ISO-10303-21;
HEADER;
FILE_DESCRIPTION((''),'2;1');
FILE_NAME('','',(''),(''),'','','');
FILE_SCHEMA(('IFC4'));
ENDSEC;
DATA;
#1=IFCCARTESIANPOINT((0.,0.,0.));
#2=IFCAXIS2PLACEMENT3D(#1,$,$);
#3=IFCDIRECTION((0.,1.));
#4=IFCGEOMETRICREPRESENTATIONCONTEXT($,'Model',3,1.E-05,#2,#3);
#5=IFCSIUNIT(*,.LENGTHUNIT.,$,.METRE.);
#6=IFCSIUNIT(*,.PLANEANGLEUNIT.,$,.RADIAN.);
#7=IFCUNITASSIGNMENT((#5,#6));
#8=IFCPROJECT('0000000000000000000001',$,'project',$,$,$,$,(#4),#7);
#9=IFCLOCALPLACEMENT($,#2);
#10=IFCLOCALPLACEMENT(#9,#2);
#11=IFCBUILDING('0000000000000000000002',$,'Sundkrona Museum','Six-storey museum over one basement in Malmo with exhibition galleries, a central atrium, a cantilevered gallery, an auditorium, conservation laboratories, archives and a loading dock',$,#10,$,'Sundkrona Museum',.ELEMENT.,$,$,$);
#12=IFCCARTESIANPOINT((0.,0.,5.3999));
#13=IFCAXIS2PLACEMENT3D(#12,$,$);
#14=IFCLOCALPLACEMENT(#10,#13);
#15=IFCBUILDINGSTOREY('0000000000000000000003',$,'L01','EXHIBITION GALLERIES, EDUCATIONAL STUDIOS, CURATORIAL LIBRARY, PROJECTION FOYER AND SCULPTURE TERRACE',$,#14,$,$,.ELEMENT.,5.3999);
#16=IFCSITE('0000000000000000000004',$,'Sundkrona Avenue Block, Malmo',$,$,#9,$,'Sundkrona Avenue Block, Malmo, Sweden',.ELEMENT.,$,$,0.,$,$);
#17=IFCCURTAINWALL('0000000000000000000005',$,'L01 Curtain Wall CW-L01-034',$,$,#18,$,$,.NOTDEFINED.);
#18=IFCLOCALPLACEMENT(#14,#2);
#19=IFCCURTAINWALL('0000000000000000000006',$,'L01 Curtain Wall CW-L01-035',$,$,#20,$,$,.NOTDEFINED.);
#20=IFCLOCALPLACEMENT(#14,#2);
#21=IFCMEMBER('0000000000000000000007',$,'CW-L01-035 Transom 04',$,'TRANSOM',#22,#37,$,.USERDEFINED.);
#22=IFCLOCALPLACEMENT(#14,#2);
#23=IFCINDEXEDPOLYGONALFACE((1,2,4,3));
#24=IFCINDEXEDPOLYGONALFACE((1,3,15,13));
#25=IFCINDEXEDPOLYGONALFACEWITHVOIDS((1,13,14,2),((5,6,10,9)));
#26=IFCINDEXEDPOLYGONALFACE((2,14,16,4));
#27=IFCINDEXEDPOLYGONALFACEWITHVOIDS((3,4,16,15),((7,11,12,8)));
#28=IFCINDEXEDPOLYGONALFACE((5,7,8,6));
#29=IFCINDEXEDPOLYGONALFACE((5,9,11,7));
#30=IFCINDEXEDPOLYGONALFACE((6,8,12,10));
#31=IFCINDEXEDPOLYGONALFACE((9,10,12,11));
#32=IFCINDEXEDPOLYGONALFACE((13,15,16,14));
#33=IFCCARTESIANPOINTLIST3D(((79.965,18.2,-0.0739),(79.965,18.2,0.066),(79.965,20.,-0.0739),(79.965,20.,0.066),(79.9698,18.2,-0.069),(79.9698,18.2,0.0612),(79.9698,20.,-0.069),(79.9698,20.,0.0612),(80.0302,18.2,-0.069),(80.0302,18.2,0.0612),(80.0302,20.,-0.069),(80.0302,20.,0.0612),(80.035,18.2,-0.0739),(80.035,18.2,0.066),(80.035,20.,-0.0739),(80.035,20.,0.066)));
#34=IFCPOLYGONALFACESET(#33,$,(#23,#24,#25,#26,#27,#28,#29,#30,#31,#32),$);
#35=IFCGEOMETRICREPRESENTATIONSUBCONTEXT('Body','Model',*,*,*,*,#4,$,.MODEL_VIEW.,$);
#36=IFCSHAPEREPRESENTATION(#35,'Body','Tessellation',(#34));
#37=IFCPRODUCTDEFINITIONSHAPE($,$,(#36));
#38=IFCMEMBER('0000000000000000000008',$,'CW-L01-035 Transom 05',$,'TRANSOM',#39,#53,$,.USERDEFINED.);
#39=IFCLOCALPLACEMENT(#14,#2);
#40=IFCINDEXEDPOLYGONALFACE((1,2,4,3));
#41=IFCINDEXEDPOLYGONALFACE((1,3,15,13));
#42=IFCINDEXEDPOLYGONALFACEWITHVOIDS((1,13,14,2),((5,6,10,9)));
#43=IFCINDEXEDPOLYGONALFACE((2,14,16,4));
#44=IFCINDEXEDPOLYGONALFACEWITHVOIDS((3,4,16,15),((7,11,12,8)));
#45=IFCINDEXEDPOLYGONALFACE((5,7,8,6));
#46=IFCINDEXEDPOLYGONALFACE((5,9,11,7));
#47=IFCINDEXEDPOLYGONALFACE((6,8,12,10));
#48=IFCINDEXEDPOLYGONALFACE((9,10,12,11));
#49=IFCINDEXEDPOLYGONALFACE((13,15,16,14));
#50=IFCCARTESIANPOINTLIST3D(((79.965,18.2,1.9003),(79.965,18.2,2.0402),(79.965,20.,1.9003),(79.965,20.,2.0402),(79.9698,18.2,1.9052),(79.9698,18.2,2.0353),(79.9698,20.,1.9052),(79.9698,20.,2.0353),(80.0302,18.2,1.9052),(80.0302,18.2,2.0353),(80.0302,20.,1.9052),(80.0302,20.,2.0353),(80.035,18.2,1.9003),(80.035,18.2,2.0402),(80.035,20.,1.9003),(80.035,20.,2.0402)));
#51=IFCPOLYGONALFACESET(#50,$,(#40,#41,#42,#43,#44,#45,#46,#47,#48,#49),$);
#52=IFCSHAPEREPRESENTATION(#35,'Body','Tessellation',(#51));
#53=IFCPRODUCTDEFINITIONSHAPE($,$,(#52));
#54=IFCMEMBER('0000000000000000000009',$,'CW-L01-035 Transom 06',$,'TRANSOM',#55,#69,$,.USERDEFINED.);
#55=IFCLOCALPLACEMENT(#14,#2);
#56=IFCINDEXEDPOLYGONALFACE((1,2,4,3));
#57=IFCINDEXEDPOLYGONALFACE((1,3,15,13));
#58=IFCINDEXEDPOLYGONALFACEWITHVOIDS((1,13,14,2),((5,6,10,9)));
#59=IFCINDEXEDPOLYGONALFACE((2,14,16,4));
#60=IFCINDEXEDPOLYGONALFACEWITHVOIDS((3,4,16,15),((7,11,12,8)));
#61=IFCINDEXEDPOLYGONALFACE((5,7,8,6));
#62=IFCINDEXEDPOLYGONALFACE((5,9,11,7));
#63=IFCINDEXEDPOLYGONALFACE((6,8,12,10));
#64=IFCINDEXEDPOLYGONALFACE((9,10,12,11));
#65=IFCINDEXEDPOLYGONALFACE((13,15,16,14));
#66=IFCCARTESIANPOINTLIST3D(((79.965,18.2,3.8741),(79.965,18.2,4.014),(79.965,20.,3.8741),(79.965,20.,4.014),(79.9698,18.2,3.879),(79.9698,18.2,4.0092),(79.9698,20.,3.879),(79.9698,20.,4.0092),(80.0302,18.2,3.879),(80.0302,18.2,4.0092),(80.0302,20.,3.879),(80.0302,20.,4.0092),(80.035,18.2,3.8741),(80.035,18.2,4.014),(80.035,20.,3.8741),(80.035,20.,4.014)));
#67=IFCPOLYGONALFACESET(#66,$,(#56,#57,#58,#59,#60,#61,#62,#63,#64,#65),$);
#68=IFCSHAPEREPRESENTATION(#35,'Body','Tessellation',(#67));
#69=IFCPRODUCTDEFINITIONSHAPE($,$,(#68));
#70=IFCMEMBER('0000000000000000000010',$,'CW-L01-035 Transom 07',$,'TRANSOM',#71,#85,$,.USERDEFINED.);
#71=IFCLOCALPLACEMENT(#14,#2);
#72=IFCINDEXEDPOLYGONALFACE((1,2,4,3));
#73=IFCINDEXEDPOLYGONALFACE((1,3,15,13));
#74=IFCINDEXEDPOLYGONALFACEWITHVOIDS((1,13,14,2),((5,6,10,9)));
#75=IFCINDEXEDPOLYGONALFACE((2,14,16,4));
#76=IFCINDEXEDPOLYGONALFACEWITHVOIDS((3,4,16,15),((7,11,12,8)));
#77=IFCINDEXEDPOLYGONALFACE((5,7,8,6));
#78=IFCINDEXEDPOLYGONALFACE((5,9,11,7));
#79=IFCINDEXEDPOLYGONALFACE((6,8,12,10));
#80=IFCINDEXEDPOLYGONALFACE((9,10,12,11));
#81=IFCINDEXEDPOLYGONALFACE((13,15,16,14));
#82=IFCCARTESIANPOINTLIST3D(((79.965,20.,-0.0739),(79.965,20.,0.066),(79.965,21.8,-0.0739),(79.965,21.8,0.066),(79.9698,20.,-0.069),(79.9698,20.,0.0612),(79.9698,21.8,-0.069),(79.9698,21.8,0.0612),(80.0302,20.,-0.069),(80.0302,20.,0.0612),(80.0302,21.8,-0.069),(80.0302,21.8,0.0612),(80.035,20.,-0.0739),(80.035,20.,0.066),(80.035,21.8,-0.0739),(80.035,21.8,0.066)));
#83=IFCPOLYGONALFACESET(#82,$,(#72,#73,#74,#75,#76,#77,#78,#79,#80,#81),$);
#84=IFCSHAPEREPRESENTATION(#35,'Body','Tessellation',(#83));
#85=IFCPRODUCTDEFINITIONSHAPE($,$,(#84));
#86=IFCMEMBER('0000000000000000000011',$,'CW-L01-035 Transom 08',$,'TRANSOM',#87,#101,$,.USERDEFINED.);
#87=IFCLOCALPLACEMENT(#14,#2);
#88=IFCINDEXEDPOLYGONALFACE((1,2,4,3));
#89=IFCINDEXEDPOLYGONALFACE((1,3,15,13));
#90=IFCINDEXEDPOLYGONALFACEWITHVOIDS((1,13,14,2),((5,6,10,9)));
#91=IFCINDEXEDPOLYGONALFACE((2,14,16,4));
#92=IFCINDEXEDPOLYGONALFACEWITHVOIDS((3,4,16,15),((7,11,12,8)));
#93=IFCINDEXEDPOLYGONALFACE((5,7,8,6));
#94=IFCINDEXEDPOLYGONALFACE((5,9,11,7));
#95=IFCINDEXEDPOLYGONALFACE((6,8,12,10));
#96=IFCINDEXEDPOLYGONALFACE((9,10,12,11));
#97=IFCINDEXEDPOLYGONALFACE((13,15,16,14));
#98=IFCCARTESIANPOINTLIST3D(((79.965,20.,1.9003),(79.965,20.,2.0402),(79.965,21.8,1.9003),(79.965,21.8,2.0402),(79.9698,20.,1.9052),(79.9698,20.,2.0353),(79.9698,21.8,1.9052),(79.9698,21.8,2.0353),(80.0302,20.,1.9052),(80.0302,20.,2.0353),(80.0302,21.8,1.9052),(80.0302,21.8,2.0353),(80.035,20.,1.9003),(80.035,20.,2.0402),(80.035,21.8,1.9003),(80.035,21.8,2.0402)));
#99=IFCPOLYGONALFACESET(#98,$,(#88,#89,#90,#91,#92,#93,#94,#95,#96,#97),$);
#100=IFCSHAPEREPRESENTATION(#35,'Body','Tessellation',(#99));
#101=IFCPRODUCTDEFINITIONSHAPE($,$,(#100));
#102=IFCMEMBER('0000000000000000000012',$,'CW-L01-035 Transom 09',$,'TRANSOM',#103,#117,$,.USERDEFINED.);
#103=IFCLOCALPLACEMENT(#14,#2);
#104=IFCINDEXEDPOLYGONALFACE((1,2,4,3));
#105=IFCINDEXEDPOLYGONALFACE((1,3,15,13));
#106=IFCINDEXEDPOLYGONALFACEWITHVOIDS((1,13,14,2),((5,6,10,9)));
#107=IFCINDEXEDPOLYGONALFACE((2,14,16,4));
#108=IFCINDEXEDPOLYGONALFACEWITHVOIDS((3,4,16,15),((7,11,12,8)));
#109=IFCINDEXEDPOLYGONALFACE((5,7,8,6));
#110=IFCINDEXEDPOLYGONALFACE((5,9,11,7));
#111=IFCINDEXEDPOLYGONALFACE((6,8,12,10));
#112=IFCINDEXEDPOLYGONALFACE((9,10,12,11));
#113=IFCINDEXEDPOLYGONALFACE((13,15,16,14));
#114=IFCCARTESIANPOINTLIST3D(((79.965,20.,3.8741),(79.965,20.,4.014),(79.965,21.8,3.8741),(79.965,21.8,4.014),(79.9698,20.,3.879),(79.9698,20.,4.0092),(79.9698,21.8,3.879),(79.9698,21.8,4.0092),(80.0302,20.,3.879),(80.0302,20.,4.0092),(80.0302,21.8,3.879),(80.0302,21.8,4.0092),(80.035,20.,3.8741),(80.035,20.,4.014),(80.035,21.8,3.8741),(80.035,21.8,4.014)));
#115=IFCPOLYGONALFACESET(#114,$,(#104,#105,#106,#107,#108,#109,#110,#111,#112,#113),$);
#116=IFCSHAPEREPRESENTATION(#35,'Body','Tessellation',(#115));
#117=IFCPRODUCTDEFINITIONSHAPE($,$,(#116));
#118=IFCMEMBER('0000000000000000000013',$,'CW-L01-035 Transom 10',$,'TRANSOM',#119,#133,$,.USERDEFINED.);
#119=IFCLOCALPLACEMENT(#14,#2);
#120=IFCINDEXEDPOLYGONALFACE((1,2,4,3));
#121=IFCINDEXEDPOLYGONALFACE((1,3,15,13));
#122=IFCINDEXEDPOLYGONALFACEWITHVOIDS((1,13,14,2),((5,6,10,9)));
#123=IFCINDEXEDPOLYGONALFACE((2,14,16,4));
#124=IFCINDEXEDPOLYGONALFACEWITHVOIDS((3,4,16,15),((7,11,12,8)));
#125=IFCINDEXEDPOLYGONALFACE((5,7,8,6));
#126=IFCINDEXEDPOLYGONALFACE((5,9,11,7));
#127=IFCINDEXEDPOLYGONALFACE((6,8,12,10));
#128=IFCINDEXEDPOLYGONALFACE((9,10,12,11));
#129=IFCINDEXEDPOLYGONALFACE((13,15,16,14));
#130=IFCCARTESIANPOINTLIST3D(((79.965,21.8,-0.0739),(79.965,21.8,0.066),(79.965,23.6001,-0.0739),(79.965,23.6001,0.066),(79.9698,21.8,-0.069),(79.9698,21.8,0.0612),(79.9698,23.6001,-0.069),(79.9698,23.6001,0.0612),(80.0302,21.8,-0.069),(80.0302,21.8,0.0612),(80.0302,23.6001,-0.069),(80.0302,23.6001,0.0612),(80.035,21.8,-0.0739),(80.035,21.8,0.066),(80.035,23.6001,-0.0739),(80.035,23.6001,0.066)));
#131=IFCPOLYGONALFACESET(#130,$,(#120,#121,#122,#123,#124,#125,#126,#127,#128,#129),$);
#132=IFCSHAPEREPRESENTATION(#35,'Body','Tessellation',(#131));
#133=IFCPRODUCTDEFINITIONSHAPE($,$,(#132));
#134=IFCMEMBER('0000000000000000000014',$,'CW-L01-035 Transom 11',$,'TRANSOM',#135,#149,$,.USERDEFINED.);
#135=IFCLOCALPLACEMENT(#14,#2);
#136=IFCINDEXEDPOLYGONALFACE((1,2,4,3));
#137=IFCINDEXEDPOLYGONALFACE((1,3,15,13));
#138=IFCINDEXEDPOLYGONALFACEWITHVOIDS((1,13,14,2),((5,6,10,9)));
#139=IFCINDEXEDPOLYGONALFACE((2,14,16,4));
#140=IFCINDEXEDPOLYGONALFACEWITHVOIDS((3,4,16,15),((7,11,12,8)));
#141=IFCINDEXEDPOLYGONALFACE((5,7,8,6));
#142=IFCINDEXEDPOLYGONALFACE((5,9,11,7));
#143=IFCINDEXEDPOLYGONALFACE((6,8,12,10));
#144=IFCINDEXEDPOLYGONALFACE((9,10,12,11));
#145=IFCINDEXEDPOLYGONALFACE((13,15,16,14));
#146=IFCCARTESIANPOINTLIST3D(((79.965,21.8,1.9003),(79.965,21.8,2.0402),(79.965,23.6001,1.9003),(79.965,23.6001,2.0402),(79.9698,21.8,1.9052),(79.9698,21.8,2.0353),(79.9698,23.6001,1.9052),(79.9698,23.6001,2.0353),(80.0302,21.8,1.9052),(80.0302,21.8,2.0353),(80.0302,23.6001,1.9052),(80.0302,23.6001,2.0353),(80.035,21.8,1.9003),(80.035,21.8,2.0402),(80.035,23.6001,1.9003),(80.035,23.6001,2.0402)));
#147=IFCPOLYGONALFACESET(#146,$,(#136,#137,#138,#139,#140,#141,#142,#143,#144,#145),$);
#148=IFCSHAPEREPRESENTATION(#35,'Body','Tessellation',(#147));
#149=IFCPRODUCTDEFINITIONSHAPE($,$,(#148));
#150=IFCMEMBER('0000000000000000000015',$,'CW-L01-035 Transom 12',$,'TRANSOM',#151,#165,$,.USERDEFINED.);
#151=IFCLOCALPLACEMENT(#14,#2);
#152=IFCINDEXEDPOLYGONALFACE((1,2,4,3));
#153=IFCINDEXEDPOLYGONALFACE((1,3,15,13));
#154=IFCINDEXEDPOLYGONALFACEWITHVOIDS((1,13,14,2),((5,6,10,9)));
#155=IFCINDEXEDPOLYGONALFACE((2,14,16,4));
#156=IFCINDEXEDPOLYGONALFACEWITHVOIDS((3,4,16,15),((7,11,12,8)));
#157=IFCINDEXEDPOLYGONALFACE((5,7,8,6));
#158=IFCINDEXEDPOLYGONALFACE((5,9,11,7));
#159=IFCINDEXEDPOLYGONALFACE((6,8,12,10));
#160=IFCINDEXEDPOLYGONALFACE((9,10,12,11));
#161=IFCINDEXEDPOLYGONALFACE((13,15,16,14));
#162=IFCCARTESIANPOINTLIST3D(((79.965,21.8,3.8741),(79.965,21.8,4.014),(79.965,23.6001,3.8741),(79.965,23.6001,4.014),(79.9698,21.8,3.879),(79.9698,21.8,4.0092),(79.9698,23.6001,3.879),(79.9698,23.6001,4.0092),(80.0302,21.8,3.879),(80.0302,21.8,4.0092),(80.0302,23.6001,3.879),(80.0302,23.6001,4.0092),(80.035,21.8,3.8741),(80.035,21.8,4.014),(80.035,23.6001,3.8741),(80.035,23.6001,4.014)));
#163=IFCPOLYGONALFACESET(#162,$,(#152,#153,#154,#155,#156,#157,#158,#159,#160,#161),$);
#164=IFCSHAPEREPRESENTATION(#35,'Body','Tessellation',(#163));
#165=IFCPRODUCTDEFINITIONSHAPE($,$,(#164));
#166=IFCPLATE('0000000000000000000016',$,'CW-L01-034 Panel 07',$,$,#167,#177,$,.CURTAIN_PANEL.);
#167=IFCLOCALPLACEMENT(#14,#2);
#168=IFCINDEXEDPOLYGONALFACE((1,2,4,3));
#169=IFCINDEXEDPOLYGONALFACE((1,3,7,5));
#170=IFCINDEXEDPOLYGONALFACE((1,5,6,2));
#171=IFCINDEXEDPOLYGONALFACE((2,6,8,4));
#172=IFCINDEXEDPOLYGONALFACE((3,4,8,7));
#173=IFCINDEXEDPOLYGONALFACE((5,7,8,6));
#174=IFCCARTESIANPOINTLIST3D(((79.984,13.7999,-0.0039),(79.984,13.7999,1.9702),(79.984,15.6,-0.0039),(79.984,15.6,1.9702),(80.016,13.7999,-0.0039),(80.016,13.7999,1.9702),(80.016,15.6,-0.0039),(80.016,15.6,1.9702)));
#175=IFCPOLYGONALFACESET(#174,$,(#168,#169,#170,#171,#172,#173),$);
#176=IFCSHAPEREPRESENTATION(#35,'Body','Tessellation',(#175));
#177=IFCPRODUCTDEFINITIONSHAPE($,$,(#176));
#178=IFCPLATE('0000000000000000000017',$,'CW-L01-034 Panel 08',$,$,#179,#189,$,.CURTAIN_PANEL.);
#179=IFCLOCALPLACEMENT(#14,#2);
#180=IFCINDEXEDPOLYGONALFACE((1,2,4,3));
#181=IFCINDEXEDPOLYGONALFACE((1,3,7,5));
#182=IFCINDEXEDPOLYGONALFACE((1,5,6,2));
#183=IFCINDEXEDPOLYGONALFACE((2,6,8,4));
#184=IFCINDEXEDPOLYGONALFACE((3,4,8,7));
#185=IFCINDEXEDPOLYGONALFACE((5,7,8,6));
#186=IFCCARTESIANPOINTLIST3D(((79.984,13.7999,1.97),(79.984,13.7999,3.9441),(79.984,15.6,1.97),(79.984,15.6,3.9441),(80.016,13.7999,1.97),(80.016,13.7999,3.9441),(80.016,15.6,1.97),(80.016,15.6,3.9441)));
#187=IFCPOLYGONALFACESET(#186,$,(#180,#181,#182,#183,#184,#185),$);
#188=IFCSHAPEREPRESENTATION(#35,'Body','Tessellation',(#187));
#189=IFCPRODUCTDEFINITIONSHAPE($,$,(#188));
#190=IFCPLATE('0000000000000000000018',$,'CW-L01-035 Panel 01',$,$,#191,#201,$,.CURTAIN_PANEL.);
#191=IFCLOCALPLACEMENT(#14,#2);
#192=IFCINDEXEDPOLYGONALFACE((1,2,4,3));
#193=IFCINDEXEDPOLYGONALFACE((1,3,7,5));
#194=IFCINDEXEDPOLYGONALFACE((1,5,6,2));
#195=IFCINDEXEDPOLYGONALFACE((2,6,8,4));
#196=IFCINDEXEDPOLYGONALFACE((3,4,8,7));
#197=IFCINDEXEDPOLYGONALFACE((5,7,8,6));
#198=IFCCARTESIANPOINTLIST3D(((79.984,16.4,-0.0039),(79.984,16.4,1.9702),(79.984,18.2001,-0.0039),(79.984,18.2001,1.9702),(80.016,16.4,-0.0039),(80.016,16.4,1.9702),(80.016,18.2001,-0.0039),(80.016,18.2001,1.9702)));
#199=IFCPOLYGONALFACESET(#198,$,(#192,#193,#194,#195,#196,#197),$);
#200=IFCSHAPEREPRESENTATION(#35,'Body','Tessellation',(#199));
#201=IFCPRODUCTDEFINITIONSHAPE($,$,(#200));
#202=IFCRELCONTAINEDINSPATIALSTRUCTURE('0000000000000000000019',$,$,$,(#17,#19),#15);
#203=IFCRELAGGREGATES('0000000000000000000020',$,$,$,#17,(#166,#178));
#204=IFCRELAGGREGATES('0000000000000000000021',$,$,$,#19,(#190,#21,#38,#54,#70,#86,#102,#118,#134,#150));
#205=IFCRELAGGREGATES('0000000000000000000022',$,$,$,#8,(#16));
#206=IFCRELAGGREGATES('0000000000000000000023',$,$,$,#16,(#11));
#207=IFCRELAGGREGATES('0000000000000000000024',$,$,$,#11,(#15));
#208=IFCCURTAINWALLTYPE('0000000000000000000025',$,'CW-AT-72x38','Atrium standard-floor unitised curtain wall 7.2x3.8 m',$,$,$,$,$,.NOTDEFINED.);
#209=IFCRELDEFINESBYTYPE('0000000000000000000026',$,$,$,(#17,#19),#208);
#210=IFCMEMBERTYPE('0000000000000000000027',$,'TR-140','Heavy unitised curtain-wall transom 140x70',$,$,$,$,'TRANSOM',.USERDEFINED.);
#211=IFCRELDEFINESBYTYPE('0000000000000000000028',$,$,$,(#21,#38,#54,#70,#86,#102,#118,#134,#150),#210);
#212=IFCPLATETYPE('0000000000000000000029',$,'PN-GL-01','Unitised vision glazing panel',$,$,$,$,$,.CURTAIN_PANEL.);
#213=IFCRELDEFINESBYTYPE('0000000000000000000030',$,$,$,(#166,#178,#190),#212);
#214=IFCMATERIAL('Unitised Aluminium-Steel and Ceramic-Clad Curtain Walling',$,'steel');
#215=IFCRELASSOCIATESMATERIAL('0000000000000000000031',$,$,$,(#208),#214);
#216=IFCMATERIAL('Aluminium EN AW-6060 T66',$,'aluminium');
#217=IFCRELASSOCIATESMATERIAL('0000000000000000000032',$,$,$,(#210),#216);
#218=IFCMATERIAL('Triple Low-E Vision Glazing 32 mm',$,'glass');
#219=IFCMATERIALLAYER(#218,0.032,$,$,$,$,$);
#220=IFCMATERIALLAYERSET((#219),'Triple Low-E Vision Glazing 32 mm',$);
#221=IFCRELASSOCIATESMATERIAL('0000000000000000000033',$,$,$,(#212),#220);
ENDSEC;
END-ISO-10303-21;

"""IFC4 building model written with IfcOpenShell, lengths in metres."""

from ifc_helpers import new_model, si_unit, direction, frame, origin, origin_2d, place, context, subcontext, project, spatial, rectangle, hollow_rectangle, extrude, material, layer, layer_set, material_profile, profile_set, type_object, element, aggregate, save


model = new_model("IFC4")

# Units and contexts
model_context = context("Model", 3, precision=1e-05, world=origin(), true_north=direction((0.0, 1.0)))
body_context = subcontext(model_context, "Body", "Model", "MODEL_VIEW")
ifc_project = project(units=[si_unit("LENGTHUNIT", "METRE"), si_unit("PLANEANGLEUNIT", "RADIAN")], contexts=[model_context])

# Site, building, storey
site_placement = place(None, origin())
site = spatial("IfcSite", under=ifc_project, at=site_placement, Name="Sundkrona Avenue Block, Malmo", LongName="Sundkrona Avenue Block, Malmo, Sweden", CompositionType="ELEMENT", RefElevation=0.0)
building_placement = place(site_placement, origin())
building = spatial("IfcBuilding", under=site, at=building_placement, Name="Sundkrona Museum", Description="Six-storey museum over one basement in Malmo with exhibition galleries, a central atrium, a cantilevered gallery, an auditorium, conservation laboratories, archives and a loading dock", LongName="Sundkrona Museum", CompositionType="ELEMENT")
storey_placement = place(building_placement, frame((0.0, 0.0, 5.3999)))
storey = spatial("IfcBuildingStorey", under=building, at=storey_placement, Name="L01", Description="EXHIBITION GALLERIES, EDUCATIONAL STUDIOS, CURATORIAL LIBRARY, PROJECTION FOYER AND SCULPTURE TERRACE", CompositionType="ELEMENT", Elevation=5.3999)

# Curtain wall
ifc_material_1 = material(Name="Unitised Aluminium-Steel and Ceramic-Clad Curtain Walling", Category="steel")
curtain_wall_type = type_object("IfcCurtainWallType", Name="CW-AT-72x38", Description="Atrium standard-floor unitised curtain wall 7.2x3.8 m", PredefinedType="NOTDEFINED", material=ifc_material_1)
curtain_wall_1_placement = place(storey_placement, origin())
curtain_wall_1 = element("IfcCurtainWall", 1, at=curtain_wall_1_placement, inside=storey, type_object=curtain_wall_type, Name="L01 Curtain Wall CW-L01-034", PredefinedType="NOTDEFINED")
ifc_material_2 = material(Name="Aluminium EN AW-6060 T66", Category="aluminium")

# Curtain wall
curtain_wall_2_placement = place(storey_placement, origin())
curtain_wall_2 = element("IfcCurtainWall", 2, at=curtain_wall_2_placement, inside=storey, type_object=curtain_wall_type, Name="L01 Curtain Wall CW-L01-035", PredefinedType="NOTDEFINED")

# Members
ifc_material_profile_1 = material_profile(ifc_material_2, hollow_rectangle(XDim=0.0701, YDim=0.1399, WallThickness=0.0049, at=origin_2d()), Name="RHS 140x70x5.0")
ifc_profile_set_1 = profile_set([ifc_material_profile_1], Name="Aluminium EN AW-6060 T66")
member_type_1 = type_object("IfcMemberType", Name="TR-140", Description="Heavy unitised curtain-wall transom 140x70", ElementType="TRANSOM", PredefinedType="USERDEFINED", material=ifc_profile_set_1)
member_1_placement = place(storey_placement, frame((80.0, 18.2, -0.0039), z_axis=(0.0, 1.0, 0.0), x_axis=(-1.0, 0.0, 0.0)))
member_1 = element("IfcMember", 3, at=member_1_placement, type_object=member_type_1, Name="CW-L01-035 Transom 04", ObjectType="TRANSOM", PredefinedType="USERDEFINED", context=body_context, shape_type="SweptSolid", body=[
    extrude(hollow_rectangle(XDim=0.0701, YDim=0.1399, WallThickness=0.0049, at=origin_2d()), origin(), (0.0, 0.0, 1.0), 1.8),
])
member_2_placement = place(storey_placement, frame((80.0, 18.2, 1.9702), z_axis=(0.0, 1.0, 0.0), x_axis=(-1.0, 0.0, 0.0)))
member_2 = element("IfcMember", 4, at=member_2_placement, type_object=member_type_1, Name="CW-L01-035 Transom 05", ObjectType="TRANSOM", PredefinedType="USERDEFINED", context=body_context, shape_type="SweptSolid", body=[
    extrude(hollow_rectangle(XDim=0.0701, YDim=0.1399, WallThickness=0.0049, at=origin_2d()), origin(), (0.0, 0.0, 1.0), 1.8),
])
member_3_placement = place(storey_placement, frame((80.0, 18.2, 3.9441), z_axis=(0.0, 1.0, 0.0), x_axis=(-1.0, 0.0, 0.0)))
member_3 = element("IfcMember", 5, at=member_3_placement, type_object=member_type_1, Name="CW-L01-035 Transom 06", ObjectType="TRANSOM", PredefinedType="USERDEFINED", context=body_context, shape_type="SweptSolid", body=[
    extrude(hollow_rectangle(XDim=0.0701, YDim=0.1399, WallThickness=0.0049, at=origin_2d()), origin(), (0.0, 0.0, 1.0), 1.8),
])
member_4_placement = place(storey_placement, frame((80.0, 20.0, -0.0039), z_axis=(0.0, 1.0, 0.0), x_axis=(-1.0, 0.0, 0.0)))
member_4 = element("IfcMember", 6, at=member_4_placement, type_object=member_type_1, Name="CW-L01-035 Transom 07", ObjectType="TRANSOM", PredefinedType="USERDEFINED", context=body_context, shape_type="SweptSolid", body=[
    extrude(hollow_rectangle(XDim=0.0701, YDim=0.1399, WallThickness=0.0049, at=origin_2d()), origin(), (0.0, 0.0, 1.0), 1.8),
])
member_5_placement = place(storey_placement, frame((80.0, 20.0, 1.9702), z_axis=(0.0, 1.0, 0.0), x_axis=(-1.0, 0.0, 0.0)))
member_5 = element("IfcMember", 7, at=member_5_placement, type_object=member_type_1, Name="CW-L01-035 Transom 08", ObjectType="TRANSOM", PredefinedType="USERDEFINED", context=body_context, shape_type="SweptSolid", body=[
    extrude(hollow_rectangle(XDim=0.0701, YDim=0.1399, WallThickness=0.0049, at=origin_2d()), origin(), (0.0, 0.0, 1.0), 1.8),
])
member_6_placement = place(storey_placement, frame((80.0, 20.0, 3.9441), z_axis=(0.0, 1.0, 0.0), x_axis=(-1.0, 0.0, 0.0)))
member_6 = element("IfcMember", 8, at=member_6_placement, type_object=member_type_1, Name="CW-L01-035 Transom 09", ObjectType="TRANSOM", PredefinedType="USERDEFINED", context=body_context, shape_type="SweptSolid", body=[
    extrude(hollow_rectangle(XDim=0.0701, YDim=0.1399, WallThickness=0.0049, at=origin_2d()), origin(), (0.0, 0.0, 1.0), 1.8),
])
member_7_placement = place(storey_placement, frame((80.0, 21.8, -0.0039), z_axis=(0.0, 1.0, 0.0), x_axis=(-1.0, 0.0, 0.0)))
member_7 = element("IfcMember", 9, at=member_7_placement, type_object=member_type_1, Name="CW-L01-035 Transom 10", ObjectType="TRANSOM", PredefinedType="USERDEFINED", context=body_context, shape_type="SweptSolid", body=[
    extrude(hollow_rectangle(XDim=0.0701, YDim=0.1399, WallThickness=0.0049, at=origin_2d()), origin(), (0.0, 0.0, 1.0), 1.8),
])
member_8_placement = place(storey_placement, frame((80.0, 21.8, 1.9702), z_axis=(0.0, 1.0, 0.0), x_axis=(-1.0, 0.0, 0.0)))
member_8 = element("IfcMember", 10, at=member_8_placement, type_object=member_type_1, Name="CW-L01-035 Transom 11", ObjectType="TRANSOM", PredefinedType="USERDEFINED", context=body_context, shape_type="SweptSolid", body=[
    extrude(hollow_rectangle(XDim=0.0701, YDim=0.1399, WallThickness=0.0049, at=origin_2d()), origin(), (0.0, 0.0, 1.0), 1.8),
])
member_9_placement = place(storey_placement, frame((80.0, 21.8, 3.9441), z_axis=(0.0, 1.0, 0.0), x_axis=(-1.0, 0.0, 0.0)))
member_9 = element("IfcMember", 11, at=member_9_placement, type_object=member_type_1, Name="CW-L01-035 Transom 12", ObjectType="TRANSOM", PredefinedType="USERDEFINED", context=body_context, shape_type="SweptSolid", body=[
    extrude(hollow_rectangle(XDim=0.0701, YDim=0.1399, WallThickness=0.0049, at=origin_2d()), origin(), (0.0, 0.0, 1.0), 1.8),
])

# Plates
ifc_material_3 = material(Name="Triple Low-E Vision Glazing 32 mm", Category="glass")
ifc_layer = layer(ifc_material_3, 0.032)
ifc_layer_set = layer_set([ifc_layer], Name="Triple Low-E Vision Glazing 32 mm")
plate_type = type_object("IfcPlateType", Name="PN-GL-01", Description="Unitised vision glazing panel", PredefinedType="CURTAIN_PANEL", material=ifc_layer_set)
plate_1_placement = place(storey_placement, frame((80.0, 14.7, -0.0039), z_axis=(0.0, 0.0, 1.0), x_axis=(0.0, 1.0, 0.0)))
plate_1 = element("IfcPlate", 12, at=plate_1_placement, type_object=plate_type, Name="CW-L01-034 Panel 07", PredefinedType="CURTAIN_PANEL", context=body_context, shape_type="SweptSolid", body=[
    extrude(rectangle(XDim=1.8, YDim=0.032, at=origin_2d()), origin(), (0.0, 0.0, 1.0), 1.9741),
])
plate_2_placement = place(storey_placement, frame((80.0, 14.7, 1.97), z_axis=(0.0, 0.0, 1.0), x_axis=(0.0, 1.0, 0.0)))
plate_2 = element("IfcPlate", 13, at=plate_2_placement, type_object=plate_type, Name="CW-L01-034 Panel 08", PredefinedType="CURTAIN_PANEL", context=body_context, shape_type="SweptSolid", body=[
    extrude(rectangle(XDim=1.8, YDim=0.032, at=origin_2d()), origin(), (0.0, 0.0, 1.0), 1.9741),
])
aggregate(curtain_wall_1, [plate_1, plate_2])
plate_3_placement = place(storey_placement, frame((80.0, 17.3, -0.0039), z_axis=(0.0, 0.0, 1.0), x_axis=(0.0, 1.0, 0.0)))
plate_3 = element("IfcPlate", 14, at=plate_3_placement, type_object=plate_type, Name="CW-L01-035 Panel 01", PredefinedType="CURTAIN_PANEL", context=body_context, shape_type="SweptSolid", body=[
    extrude(rectangle(XDim=1.8, YDim=0.032, at=origin_2d()), origin(), (0.0, 0.0, 1.0), 1.9741),
])
aggregate(curtain_wall_2, [plate_3, member_1, member_2, member_3, member_4, member_5, member_6, member_7, member_8, member_9])

save(model, "model.ifc")
